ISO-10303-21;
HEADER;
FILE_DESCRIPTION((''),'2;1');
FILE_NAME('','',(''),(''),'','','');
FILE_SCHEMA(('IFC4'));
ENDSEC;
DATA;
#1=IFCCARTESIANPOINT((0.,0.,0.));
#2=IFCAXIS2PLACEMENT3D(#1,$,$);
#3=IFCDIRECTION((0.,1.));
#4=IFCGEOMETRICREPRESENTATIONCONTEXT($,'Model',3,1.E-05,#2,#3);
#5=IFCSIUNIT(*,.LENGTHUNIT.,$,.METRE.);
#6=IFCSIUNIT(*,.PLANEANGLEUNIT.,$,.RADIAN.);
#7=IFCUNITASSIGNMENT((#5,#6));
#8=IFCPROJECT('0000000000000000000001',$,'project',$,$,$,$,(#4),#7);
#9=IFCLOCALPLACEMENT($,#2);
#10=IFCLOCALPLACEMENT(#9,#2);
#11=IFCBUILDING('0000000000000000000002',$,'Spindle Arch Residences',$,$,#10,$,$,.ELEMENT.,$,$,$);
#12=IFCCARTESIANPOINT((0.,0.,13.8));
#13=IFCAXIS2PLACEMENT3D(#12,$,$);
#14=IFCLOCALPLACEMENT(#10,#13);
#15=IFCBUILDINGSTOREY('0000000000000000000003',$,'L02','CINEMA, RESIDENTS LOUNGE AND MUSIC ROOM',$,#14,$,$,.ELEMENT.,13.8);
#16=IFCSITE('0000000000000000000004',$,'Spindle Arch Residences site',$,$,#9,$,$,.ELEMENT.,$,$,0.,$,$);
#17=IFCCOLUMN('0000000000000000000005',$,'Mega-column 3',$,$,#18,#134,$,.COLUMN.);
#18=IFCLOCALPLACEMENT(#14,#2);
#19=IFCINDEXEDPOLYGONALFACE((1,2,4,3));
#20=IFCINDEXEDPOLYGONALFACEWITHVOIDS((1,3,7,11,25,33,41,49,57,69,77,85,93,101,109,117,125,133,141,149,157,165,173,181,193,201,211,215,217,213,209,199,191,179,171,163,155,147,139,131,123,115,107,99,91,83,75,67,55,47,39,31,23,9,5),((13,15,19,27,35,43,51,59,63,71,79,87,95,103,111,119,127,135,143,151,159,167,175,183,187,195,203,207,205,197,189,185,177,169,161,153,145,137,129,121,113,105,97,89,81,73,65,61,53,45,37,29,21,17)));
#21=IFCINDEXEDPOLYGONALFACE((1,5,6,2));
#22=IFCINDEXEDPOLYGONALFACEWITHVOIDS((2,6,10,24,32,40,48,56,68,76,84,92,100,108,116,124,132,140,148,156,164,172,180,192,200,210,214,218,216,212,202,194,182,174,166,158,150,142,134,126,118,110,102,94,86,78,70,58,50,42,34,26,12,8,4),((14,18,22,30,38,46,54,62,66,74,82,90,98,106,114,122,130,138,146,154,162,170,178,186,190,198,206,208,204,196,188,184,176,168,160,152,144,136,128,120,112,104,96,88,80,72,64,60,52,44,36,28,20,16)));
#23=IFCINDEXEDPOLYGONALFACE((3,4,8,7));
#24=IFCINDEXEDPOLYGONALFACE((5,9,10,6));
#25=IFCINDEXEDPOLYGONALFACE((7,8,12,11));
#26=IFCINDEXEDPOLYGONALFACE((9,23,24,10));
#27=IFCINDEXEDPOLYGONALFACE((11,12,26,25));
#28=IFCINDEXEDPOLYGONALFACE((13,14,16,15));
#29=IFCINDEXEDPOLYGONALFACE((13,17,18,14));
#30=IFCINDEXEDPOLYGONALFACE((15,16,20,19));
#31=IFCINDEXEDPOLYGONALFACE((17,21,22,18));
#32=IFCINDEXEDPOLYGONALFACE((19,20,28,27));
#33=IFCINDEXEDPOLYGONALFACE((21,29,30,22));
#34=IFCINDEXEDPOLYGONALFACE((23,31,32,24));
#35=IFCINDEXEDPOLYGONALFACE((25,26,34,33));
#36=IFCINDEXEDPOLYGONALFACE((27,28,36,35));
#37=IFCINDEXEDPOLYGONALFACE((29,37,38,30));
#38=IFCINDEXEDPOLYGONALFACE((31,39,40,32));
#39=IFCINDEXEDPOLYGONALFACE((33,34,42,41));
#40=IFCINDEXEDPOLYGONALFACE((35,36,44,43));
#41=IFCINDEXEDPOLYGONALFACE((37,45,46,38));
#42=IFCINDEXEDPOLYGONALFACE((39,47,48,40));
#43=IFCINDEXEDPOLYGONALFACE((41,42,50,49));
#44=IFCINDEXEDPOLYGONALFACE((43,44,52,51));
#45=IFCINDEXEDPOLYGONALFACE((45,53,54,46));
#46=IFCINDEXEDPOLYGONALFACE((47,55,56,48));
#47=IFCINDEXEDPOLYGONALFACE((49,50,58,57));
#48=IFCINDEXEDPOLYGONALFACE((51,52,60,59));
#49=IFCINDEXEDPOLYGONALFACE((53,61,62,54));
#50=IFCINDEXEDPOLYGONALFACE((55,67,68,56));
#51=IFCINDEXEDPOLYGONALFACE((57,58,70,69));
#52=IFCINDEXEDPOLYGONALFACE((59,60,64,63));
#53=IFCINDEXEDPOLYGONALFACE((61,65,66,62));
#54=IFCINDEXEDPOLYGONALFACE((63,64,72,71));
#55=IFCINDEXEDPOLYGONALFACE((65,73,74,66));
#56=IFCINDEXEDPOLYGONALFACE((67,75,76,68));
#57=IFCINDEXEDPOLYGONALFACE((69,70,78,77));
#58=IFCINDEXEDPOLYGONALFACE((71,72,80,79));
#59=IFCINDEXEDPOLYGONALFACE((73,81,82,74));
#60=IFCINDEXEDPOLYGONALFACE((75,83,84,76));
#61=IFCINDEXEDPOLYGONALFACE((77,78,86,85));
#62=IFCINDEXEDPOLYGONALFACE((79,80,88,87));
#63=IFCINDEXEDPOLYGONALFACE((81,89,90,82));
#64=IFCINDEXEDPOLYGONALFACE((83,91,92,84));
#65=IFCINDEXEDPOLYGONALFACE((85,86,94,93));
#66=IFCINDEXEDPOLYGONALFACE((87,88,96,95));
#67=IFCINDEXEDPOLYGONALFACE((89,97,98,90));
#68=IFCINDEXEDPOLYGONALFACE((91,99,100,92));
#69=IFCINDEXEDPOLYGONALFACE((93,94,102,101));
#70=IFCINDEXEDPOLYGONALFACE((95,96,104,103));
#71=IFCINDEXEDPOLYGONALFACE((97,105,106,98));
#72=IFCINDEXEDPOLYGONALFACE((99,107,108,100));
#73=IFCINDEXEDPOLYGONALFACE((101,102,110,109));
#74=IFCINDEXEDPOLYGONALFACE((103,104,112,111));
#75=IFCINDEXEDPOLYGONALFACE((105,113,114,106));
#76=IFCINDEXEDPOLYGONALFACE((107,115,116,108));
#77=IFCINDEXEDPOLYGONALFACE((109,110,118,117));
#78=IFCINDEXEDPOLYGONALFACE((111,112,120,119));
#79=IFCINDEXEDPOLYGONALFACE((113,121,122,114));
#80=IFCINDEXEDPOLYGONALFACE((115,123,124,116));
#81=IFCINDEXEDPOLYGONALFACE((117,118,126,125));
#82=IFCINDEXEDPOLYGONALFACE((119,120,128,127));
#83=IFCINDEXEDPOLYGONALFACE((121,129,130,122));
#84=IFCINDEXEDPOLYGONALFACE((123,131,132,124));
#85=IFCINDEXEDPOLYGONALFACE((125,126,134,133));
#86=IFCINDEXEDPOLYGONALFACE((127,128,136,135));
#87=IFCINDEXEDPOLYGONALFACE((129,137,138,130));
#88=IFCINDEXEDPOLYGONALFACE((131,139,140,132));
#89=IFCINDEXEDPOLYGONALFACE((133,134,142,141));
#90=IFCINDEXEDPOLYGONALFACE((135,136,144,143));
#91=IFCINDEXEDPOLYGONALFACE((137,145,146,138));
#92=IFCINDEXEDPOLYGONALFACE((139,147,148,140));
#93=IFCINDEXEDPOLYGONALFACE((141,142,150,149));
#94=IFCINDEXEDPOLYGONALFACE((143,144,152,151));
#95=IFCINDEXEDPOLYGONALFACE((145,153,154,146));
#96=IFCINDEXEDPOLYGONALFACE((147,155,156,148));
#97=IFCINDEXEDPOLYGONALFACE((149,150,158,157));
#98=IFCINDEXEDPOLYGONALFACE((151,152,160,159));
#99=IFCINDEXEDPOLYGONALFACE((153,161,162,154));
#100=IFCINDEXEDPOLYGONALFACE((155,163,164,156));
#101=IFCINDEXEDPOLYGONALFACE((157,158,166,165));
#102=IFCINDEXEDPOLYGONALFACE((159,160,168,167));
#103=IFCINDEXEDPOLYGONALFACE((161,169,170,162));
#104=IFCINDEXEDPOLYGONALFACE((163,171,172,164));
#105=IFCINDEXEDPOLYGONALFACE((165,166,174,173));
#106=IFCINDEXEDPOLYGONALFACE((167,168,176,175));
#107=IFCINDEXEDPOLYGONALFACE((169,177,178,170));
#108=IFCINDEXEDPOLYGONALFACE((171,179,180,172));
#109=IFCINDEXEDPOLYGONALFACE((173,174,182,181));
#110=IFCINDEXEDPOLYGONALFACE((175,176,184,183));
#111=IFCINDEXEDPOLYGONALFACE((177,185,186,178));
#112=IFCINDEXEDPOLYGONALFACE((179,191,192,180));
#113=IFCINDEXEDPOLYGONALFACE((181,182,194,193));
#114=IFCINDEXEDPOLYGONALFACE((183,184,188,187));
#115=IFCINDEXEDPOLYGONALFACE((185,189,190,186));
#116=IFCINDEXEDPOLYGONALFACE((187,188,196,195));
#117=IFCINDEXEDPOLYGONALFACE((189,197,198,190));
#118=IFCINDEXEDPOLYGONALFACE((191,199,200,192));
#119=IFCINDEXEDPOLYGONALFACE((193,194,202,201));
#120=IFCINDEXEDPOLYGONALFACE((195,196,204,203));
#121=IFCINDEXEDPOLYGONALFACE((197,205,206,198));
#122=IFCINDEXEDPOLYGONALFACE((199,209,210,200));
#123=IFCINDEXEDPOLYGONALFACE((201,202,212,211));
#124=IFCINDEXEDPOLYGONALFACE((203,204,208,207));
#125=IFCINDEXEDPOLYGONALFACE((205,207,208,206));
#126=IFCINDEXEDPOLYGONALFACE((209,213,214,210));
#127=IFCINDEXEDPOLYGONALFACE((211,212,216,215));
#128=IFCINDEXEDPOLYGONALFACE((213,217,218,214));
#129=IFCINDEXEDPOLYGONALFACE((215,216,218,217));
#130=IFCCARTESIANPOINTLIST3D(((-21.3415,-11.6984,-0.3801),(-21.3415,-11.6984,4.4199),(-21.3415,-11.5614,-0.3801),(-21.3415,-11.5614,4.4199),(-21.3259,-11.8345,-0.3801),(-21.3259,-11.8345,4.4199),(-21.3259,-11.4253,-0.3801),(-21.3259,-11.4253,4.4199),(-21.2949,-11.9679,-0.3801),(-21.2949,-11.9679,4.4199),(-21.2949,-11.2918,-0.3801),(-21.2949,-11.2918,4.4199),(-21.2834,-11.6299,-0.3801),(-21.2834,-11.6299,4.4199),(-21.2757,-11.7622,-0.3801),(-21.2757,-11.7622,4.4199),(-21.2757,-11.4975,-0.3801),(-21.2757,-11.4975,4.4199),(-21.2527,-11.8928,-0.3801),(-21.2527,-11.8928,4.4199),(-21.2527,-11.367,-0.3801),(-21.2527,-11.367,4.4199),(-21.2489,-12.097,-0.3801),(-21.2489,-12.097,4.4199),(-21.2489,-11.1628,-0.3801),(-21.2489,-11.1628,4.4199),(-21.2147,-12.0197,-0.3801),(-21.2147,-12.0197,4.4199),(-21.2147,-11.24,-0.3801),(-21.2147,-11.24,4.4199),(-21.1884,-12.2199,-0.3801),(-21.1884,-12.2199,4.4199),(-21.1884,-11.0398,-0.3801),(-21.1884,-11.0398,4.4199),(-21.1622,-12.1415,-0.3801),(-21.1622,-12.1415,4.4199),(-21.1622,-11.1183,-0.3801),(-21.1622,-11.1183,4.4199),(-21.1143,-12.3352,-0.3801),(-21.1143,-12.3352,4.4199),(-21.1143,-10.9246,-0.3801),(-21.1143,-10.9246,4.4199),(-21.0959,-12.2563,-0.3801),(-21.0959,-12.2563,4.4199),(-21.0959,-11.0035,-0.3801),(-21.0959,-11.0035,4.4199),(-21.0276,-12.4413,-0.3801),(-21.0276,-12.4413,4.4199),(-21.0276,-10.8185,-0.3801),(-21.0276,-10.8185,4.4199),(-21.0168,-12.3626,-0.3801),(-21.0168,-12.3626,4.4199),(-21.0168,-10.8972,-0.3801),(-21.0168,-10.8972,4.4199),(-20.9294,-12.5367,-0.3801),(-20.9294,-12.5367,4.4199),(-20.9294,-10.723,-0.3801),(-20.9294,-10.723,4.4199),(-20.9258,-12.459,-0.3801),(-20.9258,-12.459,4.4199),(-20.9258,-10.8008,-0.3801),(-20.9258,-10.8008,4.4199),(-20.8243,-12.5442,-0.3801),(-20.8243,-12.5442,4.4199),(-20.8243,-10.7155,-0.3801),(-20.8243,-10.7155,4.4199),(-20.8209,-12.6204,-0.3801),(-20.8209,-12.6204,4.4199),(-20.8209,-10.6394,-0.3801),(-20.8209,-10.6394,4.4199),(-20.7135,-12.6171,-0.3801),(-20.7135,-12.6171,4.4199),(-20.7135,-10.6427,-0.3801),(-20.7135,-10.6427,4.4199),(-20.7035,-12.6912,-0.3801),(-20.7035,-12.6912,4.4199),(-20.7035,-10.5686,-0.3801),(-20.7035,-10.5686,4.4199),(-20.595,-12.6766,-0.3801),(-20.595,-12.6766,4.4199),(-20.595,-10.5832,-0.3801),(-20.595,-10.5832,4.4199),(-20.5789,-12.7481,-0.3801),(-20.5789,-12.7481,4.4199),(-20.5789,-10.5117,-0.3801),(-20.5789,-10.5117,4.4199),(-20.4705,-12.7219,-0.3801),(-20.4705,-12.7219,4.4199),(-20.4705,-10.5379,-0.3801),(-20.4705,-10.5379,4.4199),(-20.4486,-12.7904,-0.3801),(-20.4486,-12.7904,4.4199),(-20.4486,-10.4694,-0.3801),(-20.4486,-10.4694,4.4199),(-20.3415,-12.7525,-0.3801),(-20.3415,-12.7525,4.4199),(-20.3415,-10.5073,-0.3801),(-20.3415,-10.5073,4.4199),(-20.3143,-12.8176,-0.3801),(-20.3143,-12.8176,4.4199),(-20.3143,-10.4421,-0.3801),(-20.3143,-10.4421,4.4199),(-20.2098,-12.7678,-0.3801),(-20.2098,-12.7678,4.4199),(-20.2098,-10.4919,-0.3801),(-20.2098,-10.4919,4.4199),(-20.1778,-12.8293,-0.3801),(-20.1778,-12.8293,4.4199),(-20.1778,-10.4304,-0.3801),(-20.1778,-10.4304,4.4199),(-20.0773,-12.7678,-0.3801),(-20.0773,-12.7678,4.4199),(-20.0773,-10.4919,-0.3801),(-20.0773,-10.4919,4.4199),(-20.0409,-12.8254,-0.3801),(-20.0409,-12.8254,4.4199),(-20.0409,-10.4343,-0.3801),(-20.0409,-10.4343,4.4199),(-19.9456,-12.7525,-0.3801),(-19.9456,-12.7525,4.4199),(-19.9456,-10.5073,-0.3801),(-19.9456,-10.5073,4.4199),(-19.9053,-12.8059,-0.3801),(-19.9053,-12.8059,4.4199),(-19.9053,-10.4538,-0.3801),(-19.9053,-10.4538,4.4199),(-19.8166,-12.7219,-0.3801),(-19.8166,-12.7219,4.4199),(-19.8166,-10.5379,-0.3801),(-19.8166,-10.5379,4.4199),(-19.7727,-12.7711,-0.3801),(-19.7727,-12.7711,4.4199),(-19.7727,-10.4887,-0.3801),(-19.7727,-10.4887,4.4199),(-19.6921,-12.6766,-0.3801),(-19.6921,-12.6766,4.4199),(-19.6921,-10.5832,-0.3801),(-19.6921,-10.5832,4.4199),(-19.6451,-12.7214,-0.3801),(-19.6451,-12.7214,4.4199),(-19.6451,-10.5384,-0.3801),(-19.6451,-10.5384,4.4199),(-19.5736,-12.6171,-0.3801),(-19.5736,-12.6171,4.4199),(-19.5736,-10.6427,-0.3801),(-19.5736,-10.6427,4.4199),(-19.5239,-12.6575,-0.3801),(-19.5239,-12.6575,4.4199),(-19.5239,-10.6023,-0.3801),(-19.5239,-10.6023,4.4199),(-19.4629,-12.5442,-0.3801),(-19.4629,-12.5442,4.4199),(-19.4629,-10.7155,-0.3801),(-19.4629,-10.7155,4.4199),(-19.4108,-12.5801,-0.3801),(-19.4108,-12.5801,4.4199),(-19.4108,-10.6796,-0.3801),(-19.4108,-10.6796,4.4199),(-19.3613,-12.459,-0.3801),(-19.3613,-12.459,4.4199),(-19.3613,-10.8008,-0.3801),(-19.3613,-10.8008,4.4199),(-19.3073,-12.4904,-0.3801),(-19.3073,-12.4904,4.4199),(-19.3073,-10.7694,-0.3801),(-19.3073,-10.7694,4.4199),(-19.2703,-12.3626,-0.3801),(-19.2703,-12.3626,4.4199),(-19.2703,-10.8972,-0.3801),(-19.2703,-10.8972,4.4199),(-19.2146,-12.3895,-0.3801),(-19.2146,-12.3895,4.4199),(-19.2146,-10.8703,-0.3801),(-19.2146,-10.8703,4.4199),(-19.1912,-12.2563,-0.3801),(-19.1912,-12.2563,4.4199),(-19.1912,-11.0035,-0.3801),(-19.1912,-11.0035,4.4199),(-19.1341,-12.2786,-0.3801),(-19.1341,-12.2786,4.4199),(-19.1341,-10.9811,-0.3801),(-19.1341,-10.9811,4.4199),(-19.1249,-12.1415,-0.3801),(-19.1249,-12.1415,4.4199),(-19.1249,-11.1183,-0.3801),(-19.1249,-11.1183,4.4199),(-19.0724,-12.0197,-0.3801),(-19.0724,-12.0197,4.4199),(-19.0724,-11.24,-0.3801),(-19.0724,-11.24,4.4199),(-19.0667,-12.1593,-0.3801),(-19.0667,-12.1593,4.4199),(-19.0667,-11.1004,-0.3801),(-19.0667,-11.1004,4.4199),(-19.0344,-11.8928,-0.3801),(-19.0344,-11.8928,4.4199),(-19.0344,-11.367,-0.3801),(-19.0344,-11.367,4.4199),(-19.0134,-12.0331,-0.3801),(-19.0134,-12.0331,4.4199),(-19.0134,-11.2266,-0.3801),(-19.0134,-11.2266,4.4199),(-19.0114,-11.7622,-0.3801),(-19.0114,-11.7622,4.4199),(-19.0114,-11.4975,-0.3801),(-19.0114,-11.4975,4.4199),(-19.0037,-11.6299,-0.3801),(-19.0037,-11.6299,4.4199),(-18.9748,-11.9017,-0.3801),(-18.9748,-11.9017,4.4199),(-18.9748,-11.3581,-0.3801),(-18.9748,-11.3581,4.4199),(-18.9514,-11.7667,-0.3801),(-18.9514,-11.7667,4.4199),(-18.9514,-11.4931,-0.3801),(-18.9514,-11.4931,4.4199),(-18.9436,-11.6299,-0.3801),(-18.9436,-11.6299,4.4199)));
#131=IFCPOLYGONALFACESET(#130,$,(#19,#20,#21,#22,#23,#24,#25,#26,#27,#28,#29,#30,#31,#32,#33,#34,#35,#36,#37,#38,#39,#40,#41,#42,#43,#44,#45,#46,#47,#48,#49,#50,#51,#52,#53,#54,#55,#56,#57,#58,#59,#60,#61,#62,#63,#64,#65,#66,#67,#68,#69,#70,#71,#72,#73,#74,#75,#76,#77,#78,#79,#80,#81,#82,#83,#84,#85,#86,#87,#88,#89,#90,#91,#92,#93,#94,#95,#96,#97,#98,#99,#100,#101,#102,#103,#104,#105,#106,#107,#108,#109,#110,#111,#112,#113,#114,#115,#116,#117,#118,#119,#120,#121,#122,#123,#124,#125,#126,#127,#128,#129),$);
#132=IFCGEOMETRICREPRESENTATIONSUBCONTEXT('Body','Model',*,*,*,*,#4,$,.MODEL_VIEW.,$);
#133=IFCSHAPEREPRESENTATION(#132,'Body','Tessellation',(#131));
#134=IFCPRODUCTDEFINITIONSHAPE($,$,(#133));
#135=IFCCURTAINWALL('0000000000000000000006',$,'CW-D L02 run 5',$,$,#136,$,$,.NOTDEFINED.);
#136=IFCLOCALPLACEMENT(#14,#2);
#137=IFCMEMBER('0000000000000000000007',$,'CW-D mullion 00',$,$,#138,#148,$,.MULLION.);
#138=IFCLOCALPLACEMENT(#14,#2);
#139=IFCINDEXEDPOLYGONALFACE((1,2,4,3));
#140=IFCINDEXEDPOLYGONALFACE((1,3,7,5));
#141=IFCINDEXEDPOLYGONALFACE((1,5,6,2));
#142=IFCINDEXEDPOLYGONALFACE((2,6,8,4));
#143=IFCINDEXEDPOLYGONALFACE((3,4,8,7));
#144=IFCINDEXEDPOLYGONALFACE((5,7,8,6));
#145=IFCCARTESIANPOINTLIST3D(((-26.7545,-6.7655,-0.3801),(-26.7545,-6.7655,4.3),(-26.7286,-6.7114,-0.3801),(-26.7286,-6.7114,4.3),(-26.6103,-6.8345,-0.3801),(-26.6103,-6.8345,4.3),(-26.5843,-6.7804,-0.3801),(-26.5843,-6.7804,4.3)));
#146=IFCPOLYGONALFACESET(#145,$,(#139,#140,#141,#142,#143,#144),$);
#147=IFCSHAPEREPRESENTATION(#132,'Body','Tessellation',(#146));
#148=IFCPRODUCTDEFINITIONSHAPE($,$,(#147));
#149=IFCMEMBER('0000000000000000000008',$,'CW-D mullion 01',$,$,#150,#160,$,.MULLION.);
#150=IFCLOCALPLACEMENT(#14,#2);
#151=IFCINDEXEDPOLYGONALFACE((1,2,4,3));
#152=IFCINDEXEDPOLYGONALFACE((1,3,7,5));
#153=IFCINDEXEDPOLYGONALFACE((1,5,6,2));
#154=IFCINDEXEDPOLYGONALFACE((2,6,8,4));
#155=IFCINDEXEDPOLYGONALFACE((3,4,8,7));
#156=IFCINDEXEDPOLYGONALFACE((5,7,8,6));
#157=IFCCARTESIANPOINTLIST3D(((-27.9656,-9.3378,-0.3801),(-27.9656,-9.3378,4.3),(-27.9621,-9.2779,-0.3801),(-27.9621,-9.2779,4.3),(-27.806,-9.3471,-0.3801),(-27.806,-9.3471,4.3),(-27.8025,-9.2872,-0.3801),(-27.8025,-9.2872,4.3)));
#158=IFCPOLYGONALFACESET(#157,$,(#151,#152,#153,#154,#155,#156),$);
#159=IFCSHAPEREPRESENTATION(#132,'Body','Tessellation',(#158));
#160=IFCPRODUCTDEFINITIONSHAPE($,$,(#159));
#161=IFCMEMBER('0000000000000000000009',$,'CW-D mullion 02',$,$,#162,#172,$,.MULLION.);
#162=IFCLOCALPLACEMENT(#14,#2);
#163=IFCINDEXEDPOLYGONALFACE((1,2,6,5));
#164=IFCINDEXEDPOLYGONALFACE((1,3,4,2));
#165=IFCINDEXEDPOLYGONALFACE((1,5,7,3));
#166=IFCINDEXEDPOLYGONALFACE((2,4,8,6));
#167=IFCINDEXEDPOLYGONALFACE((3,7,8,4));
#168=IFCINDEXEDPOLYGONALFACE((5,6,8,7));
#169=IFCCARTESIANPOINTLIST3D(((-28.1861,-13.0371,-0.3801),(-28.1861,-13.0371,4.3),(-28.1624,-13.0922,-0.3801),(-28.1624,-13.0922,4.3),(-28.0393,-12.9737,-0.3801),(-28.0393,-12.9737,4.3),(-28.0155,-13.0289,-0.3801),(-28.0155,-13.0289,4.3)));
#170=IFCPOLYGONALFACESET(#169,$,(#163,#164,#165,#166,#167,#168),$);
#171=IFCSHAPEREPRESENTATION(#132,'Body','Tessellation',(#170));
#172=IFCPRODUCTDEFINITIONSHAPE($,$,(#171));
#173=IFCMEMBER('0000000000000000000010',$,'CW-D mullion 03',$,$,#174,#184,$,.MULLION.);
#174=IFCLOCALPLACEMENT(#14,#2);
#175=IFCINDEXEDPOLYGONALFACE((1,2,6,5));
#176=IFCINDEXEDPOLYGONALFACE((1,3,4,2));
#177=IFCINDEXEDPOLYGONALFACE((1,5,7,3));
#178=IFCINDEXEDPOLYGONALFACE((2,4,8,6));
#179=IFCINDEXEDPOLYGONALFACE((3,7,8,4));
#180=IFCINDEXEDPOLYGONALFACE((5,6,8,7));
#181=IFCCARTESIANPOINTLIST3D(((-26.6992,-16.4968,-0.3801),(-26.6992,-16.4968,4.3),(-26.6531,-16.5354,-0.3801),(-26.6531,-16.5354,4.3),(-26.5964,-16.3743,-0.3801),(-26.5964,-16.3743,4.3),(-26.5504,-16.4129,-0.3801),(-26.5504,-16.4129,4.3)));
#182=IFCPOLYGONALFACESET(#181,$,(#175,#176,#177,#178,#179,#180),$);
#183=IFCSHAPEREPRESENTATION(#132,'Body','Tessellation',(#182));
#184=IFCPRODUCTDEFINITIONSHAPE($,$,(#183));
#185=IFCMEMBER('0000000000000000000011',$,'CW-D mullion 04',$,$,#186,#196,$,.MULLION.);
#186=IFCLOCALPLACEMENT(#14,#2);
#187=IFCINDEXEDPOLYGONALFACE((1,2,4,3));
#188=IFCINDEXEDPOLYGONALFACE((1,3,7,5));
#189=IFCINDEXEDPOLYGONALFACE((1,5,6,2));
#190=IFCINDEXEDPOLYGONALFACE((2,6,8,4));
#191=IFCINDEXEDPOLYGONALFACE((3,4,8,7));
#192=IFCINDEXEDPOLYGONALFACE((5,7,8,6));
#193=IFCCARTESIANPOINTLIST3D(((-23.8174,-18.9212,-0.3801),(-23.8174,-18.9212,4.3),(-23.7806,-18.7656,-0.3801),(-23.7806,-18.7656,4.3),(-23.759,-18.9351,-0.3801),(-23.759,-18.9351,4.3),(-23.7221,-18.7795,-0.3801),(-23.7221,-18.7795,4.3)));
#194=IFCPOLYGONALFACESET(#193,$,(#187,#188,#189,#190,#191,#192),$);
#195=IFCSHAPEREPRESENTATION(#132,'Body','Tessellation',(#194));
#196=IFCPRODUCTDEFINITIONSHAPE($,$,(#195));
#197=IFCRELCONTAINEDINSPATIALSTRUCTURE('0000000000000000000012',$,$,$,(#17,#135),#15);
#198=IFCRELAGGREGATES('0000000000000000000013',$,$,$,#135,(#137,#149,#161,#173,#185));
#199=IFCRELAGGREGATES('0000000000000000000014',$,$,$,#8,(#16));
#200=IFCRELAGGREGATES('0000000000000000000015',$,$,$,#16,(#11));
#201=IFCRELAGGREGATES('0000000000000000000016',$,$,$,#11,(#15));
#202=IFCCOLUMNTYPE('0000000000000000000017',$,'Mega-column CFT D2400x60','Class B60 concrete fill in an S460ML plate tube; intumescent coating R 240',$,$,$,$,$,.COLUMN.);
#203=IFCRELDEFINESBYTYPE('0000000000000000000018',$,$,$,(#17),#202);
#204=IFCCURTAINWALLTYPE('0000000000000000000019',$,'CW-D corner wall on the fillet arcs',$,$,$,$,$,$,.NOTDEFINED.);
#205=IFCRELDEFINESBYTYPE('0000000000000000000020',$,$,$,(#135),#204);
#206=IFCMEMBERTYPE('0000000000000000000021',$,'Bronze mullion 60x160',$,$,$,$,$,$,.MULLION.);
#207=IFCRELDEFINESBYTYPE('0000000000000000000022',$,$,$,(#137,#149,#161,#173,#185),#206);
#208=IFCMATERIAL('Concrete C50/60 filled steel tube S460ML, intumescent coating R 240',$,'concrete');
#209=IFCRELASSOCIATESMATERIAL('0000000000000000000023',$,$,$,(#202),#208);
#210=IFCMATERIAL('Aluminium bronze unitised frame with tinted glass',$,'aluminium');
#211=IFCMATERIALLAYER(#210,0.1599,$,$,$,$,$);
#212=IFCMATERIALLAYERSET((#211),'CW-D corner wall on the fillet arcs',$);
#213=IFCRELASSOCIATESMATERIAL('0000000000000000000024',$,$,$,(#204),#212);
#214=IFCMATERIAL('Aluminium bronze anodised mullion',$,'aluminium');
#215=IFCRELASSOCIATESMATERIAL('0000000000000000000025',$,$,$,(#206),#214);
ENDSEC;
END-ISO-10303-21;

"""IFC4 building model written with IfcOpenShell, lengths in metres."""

from ifc_helpers import new_model, si_unit, direction, frame, origin, origin_2d, place, context, subcontext, project, spatial, rectangle, hollow_circle, extrude, material, layer, layer_set, material_profile, profile_set, type_object, element, aggregate, save


model = new_model("IFC4")

# Units and contexts
model_context = context("Model", 3, precision=1e-05, world=origin(), true_north=direction((0.0, 1.0)))
body_context = subcontext(model_context, "Body", "Model", "MODEL_VIEW")
ifc_project = project(units=[si_unit("LENGTHUNIT", "METRE"), si_unit("PLANEANGLEUNIT", "RADIAN")], contexts=[model_context])

# Site, building, storey
site_placement = place(None, origin())
site = spatial("IfcSite", under=ifc_project, at=site_placement, Name="Spindle Arch Residences site", CompositionType="ELEMENT", RefElevation=0.0)
building_placement = place(site_placement, origin())
building = spatial("IfcBuilding", under=site, at=building_placement, Name="Spindle Arch Residences", CompositionType="ELEMENT")
storey_placement = place(building_placement, frame((0.0, 0.0, 13.8)))
storey = spatial("IfcBuildingStorey", under=building, at=storey_placement, Name="L02", Description="CINEMA, RESIDENTS LOUNGE AND MUSIC ROOM", CompositionType="ELEMENT", Elevation=13.8)

# Column
ifc_material_1 = material(Name="Concrete C50/60 filled steel tube S460ML, intumescent coating R 240", Category="concrete")
ifc_material_profile_1 = material_profile(ifc_material_1, hollow_circle(Radius=1.2, WallThickness=0.0601, at=origin_2d()), Name="CFT D2400x60")
ifc_profile_set_1 = profile_set([ifc_material_profile_1], Name="Concrete C50/60 filled steel tube S460ML, intumescent coating R 240")
column_type_1 = type_object("IfcColumnType", Name="Mega-column CFT D2400x60", Description="Class B60 concrete fill in an S460ML plate tube; intumescent coating R 240", PredefinedType="COLUMN", material=ifc_profile_set_1)
column_1_placement = place(storey_placement, frame((-20.1436, -11.6299, -0.3801), z_axis=(0.0, 0.0, 1.0), x_axis=(1.0, 0.0, 0.0)))
element("IfcColumn", 1, at=column_1_placement, inside=storey, type_object=column_type_1, Name="Mega-column 3", PredefinedType="COLUMN", context=body_context, shape_type="SweptSolid", body=[
    extrude(hollow_circle(Radius=1.2, WallThickness=0.0601, at=origin_2d()), origin(), (0.0, 0.0, 1.0), 4.8),
])

# Curtain wall, members
ifc_material_2 = material(Name="Aluminium bronze unitised frame with tinted glass", Category="aluminium")
ifc_layer_1 = layer(ifc_material_2, 0.1599)
ifc_layer_set_1 = layer_set([ifc_layer_1], Name="CW-D corner wall on the fillet arcs")
curtain_wall_type_1 = type_object("IfcCurtainWallType", Name="CW-D corner wall on the fillet arcs", PredefinedType="NOTDEFINED", material=ifc_layer_set_1)
curtain_wall_1_placement = place(storey_placement, origin())
curtain_wall_1 = element("IfcCurtainWall", 2, at=curtain_wall_1_placement, inside=storey, type_object=curtain_wall_type_1, Name="CW-D L02 run 5", PredefinedType="NOTDEFINED")
ifc_material_3 = material(Name="Aluminium bronze anodised mullion", Category="aluminium")
ifc_material_profile_2 = material_profile(ifc_material_3, rectangle(XDim=0.1599, YDim=0.0601, at=origin_2d()), Name="MU 60x160")
ifc_profile_set_2 = profile_set([ifc_material_profile_2], Name="Aluminium bronze anodised mullion")
member_type_1 = type_object("IfcMemberType", Name="Bronze mullion 60x160", PredefinedType="MULLION", material=ifc_profile_set_2)
member_1_placement = place(storey_placement, frame((-26.6694, -6.7729, -0.3801), z_axis=(0.0, 0.0, 1.0), x_axis=(0.902112, -0.431502, 0.0)))
member_1 = element("IfcMember", 3, at=member_1_placement, type_object=member_type_1, Name="CW-D mullion 00", PredefinedType="MULLION", context=body_context, shape_type="SweptSolid", body=[
    extrude(rectangle(XDim=0.1599, YDim=0.0601, at=origin_2d()), origin(), (0.0, 0.0, 1.0), 4.6802),
])
member_2_placement = place(storey_placement, frame((-27.884, -9.3125, -0.3801), z_axis=(0.0, 0.0, 1.0), x_axis=(0.998308, -0.058145, 0.0)))
member_2 = element("IfcMember", 4, at=member_2_placement, type_object=member_type_1, Name="CW-D mullion 01", PredefinedType="MULLION", context=body_context, shape_type="SweptSolid", body=[
    extrude(rectangle(XDim=0.1599, YDim=0.0601, at=origin_2d()), origin(), (0.0, 0.0, 1.0), 4.6802),
])
member_3_placement = place(storey_placement, frame((-28.1008, -13.033, -0.3801), z_axis=(0.0, 0.0, 1.0), x_axis=(0.918216, 0.39608, 0.0)))
member_3 = element("IfcMember", 5, at=member_3_placement, type_object=member_type_1, Name="CW-D mullion 02", PredefinedType="MULLION", context=body_context, shape_type="SweptSolid", body=[
    extrude(rectangle(XDim=0.1599, YDim=0.0601, at=origin_2d()), origin(), (0.0, 0.0, 1.0), 4.6802),
])
member_4_placement = place(storey_placement, frame((-26.6248, -16.4548, -0.3801), z_axis=(0.0, 0.0, 1.0), x_axis=(0.642788, 0.766044, 0.0)))
member_4 = element("IfcMember", 6, at=member_4_placement, type_object=member_type_1, Name="CW-D mullion 03", PredefinedType="MULLION", context=body_context, shape_type="SweptSolid", body=[
    extrude(rectangle(XDim=0.1599, YDim=0.0601, at=origin_2d()), origin(), (0.0, 0.0, 1.0), 4.6802),
])
member_5_placement = place(storey_placement, frame((-23.7698, -18.8503, -0.3801), z_axis=(0.0, 0.0, 1.0), x_axis=(0.230616, 0.973045, 0.0)))
member_5 = element("IfcMember", 7, at=member_5_placement, type_object=member_type_1, Name="CW-D mullion 04", PredefinedType="MULLION", context=body_context, shape_type="SweptSolid", body=[
    extrude(rectangle(XDim=0.1599, YDim=0.0601, at=origin_2d()), origin(), (0.0, 0.0, 1.0), 4.6802),
])

aggregate(curtain_wall_1, [member_1, member_2, member_3, member_4, member_5])

save(model, "model.ifc")
